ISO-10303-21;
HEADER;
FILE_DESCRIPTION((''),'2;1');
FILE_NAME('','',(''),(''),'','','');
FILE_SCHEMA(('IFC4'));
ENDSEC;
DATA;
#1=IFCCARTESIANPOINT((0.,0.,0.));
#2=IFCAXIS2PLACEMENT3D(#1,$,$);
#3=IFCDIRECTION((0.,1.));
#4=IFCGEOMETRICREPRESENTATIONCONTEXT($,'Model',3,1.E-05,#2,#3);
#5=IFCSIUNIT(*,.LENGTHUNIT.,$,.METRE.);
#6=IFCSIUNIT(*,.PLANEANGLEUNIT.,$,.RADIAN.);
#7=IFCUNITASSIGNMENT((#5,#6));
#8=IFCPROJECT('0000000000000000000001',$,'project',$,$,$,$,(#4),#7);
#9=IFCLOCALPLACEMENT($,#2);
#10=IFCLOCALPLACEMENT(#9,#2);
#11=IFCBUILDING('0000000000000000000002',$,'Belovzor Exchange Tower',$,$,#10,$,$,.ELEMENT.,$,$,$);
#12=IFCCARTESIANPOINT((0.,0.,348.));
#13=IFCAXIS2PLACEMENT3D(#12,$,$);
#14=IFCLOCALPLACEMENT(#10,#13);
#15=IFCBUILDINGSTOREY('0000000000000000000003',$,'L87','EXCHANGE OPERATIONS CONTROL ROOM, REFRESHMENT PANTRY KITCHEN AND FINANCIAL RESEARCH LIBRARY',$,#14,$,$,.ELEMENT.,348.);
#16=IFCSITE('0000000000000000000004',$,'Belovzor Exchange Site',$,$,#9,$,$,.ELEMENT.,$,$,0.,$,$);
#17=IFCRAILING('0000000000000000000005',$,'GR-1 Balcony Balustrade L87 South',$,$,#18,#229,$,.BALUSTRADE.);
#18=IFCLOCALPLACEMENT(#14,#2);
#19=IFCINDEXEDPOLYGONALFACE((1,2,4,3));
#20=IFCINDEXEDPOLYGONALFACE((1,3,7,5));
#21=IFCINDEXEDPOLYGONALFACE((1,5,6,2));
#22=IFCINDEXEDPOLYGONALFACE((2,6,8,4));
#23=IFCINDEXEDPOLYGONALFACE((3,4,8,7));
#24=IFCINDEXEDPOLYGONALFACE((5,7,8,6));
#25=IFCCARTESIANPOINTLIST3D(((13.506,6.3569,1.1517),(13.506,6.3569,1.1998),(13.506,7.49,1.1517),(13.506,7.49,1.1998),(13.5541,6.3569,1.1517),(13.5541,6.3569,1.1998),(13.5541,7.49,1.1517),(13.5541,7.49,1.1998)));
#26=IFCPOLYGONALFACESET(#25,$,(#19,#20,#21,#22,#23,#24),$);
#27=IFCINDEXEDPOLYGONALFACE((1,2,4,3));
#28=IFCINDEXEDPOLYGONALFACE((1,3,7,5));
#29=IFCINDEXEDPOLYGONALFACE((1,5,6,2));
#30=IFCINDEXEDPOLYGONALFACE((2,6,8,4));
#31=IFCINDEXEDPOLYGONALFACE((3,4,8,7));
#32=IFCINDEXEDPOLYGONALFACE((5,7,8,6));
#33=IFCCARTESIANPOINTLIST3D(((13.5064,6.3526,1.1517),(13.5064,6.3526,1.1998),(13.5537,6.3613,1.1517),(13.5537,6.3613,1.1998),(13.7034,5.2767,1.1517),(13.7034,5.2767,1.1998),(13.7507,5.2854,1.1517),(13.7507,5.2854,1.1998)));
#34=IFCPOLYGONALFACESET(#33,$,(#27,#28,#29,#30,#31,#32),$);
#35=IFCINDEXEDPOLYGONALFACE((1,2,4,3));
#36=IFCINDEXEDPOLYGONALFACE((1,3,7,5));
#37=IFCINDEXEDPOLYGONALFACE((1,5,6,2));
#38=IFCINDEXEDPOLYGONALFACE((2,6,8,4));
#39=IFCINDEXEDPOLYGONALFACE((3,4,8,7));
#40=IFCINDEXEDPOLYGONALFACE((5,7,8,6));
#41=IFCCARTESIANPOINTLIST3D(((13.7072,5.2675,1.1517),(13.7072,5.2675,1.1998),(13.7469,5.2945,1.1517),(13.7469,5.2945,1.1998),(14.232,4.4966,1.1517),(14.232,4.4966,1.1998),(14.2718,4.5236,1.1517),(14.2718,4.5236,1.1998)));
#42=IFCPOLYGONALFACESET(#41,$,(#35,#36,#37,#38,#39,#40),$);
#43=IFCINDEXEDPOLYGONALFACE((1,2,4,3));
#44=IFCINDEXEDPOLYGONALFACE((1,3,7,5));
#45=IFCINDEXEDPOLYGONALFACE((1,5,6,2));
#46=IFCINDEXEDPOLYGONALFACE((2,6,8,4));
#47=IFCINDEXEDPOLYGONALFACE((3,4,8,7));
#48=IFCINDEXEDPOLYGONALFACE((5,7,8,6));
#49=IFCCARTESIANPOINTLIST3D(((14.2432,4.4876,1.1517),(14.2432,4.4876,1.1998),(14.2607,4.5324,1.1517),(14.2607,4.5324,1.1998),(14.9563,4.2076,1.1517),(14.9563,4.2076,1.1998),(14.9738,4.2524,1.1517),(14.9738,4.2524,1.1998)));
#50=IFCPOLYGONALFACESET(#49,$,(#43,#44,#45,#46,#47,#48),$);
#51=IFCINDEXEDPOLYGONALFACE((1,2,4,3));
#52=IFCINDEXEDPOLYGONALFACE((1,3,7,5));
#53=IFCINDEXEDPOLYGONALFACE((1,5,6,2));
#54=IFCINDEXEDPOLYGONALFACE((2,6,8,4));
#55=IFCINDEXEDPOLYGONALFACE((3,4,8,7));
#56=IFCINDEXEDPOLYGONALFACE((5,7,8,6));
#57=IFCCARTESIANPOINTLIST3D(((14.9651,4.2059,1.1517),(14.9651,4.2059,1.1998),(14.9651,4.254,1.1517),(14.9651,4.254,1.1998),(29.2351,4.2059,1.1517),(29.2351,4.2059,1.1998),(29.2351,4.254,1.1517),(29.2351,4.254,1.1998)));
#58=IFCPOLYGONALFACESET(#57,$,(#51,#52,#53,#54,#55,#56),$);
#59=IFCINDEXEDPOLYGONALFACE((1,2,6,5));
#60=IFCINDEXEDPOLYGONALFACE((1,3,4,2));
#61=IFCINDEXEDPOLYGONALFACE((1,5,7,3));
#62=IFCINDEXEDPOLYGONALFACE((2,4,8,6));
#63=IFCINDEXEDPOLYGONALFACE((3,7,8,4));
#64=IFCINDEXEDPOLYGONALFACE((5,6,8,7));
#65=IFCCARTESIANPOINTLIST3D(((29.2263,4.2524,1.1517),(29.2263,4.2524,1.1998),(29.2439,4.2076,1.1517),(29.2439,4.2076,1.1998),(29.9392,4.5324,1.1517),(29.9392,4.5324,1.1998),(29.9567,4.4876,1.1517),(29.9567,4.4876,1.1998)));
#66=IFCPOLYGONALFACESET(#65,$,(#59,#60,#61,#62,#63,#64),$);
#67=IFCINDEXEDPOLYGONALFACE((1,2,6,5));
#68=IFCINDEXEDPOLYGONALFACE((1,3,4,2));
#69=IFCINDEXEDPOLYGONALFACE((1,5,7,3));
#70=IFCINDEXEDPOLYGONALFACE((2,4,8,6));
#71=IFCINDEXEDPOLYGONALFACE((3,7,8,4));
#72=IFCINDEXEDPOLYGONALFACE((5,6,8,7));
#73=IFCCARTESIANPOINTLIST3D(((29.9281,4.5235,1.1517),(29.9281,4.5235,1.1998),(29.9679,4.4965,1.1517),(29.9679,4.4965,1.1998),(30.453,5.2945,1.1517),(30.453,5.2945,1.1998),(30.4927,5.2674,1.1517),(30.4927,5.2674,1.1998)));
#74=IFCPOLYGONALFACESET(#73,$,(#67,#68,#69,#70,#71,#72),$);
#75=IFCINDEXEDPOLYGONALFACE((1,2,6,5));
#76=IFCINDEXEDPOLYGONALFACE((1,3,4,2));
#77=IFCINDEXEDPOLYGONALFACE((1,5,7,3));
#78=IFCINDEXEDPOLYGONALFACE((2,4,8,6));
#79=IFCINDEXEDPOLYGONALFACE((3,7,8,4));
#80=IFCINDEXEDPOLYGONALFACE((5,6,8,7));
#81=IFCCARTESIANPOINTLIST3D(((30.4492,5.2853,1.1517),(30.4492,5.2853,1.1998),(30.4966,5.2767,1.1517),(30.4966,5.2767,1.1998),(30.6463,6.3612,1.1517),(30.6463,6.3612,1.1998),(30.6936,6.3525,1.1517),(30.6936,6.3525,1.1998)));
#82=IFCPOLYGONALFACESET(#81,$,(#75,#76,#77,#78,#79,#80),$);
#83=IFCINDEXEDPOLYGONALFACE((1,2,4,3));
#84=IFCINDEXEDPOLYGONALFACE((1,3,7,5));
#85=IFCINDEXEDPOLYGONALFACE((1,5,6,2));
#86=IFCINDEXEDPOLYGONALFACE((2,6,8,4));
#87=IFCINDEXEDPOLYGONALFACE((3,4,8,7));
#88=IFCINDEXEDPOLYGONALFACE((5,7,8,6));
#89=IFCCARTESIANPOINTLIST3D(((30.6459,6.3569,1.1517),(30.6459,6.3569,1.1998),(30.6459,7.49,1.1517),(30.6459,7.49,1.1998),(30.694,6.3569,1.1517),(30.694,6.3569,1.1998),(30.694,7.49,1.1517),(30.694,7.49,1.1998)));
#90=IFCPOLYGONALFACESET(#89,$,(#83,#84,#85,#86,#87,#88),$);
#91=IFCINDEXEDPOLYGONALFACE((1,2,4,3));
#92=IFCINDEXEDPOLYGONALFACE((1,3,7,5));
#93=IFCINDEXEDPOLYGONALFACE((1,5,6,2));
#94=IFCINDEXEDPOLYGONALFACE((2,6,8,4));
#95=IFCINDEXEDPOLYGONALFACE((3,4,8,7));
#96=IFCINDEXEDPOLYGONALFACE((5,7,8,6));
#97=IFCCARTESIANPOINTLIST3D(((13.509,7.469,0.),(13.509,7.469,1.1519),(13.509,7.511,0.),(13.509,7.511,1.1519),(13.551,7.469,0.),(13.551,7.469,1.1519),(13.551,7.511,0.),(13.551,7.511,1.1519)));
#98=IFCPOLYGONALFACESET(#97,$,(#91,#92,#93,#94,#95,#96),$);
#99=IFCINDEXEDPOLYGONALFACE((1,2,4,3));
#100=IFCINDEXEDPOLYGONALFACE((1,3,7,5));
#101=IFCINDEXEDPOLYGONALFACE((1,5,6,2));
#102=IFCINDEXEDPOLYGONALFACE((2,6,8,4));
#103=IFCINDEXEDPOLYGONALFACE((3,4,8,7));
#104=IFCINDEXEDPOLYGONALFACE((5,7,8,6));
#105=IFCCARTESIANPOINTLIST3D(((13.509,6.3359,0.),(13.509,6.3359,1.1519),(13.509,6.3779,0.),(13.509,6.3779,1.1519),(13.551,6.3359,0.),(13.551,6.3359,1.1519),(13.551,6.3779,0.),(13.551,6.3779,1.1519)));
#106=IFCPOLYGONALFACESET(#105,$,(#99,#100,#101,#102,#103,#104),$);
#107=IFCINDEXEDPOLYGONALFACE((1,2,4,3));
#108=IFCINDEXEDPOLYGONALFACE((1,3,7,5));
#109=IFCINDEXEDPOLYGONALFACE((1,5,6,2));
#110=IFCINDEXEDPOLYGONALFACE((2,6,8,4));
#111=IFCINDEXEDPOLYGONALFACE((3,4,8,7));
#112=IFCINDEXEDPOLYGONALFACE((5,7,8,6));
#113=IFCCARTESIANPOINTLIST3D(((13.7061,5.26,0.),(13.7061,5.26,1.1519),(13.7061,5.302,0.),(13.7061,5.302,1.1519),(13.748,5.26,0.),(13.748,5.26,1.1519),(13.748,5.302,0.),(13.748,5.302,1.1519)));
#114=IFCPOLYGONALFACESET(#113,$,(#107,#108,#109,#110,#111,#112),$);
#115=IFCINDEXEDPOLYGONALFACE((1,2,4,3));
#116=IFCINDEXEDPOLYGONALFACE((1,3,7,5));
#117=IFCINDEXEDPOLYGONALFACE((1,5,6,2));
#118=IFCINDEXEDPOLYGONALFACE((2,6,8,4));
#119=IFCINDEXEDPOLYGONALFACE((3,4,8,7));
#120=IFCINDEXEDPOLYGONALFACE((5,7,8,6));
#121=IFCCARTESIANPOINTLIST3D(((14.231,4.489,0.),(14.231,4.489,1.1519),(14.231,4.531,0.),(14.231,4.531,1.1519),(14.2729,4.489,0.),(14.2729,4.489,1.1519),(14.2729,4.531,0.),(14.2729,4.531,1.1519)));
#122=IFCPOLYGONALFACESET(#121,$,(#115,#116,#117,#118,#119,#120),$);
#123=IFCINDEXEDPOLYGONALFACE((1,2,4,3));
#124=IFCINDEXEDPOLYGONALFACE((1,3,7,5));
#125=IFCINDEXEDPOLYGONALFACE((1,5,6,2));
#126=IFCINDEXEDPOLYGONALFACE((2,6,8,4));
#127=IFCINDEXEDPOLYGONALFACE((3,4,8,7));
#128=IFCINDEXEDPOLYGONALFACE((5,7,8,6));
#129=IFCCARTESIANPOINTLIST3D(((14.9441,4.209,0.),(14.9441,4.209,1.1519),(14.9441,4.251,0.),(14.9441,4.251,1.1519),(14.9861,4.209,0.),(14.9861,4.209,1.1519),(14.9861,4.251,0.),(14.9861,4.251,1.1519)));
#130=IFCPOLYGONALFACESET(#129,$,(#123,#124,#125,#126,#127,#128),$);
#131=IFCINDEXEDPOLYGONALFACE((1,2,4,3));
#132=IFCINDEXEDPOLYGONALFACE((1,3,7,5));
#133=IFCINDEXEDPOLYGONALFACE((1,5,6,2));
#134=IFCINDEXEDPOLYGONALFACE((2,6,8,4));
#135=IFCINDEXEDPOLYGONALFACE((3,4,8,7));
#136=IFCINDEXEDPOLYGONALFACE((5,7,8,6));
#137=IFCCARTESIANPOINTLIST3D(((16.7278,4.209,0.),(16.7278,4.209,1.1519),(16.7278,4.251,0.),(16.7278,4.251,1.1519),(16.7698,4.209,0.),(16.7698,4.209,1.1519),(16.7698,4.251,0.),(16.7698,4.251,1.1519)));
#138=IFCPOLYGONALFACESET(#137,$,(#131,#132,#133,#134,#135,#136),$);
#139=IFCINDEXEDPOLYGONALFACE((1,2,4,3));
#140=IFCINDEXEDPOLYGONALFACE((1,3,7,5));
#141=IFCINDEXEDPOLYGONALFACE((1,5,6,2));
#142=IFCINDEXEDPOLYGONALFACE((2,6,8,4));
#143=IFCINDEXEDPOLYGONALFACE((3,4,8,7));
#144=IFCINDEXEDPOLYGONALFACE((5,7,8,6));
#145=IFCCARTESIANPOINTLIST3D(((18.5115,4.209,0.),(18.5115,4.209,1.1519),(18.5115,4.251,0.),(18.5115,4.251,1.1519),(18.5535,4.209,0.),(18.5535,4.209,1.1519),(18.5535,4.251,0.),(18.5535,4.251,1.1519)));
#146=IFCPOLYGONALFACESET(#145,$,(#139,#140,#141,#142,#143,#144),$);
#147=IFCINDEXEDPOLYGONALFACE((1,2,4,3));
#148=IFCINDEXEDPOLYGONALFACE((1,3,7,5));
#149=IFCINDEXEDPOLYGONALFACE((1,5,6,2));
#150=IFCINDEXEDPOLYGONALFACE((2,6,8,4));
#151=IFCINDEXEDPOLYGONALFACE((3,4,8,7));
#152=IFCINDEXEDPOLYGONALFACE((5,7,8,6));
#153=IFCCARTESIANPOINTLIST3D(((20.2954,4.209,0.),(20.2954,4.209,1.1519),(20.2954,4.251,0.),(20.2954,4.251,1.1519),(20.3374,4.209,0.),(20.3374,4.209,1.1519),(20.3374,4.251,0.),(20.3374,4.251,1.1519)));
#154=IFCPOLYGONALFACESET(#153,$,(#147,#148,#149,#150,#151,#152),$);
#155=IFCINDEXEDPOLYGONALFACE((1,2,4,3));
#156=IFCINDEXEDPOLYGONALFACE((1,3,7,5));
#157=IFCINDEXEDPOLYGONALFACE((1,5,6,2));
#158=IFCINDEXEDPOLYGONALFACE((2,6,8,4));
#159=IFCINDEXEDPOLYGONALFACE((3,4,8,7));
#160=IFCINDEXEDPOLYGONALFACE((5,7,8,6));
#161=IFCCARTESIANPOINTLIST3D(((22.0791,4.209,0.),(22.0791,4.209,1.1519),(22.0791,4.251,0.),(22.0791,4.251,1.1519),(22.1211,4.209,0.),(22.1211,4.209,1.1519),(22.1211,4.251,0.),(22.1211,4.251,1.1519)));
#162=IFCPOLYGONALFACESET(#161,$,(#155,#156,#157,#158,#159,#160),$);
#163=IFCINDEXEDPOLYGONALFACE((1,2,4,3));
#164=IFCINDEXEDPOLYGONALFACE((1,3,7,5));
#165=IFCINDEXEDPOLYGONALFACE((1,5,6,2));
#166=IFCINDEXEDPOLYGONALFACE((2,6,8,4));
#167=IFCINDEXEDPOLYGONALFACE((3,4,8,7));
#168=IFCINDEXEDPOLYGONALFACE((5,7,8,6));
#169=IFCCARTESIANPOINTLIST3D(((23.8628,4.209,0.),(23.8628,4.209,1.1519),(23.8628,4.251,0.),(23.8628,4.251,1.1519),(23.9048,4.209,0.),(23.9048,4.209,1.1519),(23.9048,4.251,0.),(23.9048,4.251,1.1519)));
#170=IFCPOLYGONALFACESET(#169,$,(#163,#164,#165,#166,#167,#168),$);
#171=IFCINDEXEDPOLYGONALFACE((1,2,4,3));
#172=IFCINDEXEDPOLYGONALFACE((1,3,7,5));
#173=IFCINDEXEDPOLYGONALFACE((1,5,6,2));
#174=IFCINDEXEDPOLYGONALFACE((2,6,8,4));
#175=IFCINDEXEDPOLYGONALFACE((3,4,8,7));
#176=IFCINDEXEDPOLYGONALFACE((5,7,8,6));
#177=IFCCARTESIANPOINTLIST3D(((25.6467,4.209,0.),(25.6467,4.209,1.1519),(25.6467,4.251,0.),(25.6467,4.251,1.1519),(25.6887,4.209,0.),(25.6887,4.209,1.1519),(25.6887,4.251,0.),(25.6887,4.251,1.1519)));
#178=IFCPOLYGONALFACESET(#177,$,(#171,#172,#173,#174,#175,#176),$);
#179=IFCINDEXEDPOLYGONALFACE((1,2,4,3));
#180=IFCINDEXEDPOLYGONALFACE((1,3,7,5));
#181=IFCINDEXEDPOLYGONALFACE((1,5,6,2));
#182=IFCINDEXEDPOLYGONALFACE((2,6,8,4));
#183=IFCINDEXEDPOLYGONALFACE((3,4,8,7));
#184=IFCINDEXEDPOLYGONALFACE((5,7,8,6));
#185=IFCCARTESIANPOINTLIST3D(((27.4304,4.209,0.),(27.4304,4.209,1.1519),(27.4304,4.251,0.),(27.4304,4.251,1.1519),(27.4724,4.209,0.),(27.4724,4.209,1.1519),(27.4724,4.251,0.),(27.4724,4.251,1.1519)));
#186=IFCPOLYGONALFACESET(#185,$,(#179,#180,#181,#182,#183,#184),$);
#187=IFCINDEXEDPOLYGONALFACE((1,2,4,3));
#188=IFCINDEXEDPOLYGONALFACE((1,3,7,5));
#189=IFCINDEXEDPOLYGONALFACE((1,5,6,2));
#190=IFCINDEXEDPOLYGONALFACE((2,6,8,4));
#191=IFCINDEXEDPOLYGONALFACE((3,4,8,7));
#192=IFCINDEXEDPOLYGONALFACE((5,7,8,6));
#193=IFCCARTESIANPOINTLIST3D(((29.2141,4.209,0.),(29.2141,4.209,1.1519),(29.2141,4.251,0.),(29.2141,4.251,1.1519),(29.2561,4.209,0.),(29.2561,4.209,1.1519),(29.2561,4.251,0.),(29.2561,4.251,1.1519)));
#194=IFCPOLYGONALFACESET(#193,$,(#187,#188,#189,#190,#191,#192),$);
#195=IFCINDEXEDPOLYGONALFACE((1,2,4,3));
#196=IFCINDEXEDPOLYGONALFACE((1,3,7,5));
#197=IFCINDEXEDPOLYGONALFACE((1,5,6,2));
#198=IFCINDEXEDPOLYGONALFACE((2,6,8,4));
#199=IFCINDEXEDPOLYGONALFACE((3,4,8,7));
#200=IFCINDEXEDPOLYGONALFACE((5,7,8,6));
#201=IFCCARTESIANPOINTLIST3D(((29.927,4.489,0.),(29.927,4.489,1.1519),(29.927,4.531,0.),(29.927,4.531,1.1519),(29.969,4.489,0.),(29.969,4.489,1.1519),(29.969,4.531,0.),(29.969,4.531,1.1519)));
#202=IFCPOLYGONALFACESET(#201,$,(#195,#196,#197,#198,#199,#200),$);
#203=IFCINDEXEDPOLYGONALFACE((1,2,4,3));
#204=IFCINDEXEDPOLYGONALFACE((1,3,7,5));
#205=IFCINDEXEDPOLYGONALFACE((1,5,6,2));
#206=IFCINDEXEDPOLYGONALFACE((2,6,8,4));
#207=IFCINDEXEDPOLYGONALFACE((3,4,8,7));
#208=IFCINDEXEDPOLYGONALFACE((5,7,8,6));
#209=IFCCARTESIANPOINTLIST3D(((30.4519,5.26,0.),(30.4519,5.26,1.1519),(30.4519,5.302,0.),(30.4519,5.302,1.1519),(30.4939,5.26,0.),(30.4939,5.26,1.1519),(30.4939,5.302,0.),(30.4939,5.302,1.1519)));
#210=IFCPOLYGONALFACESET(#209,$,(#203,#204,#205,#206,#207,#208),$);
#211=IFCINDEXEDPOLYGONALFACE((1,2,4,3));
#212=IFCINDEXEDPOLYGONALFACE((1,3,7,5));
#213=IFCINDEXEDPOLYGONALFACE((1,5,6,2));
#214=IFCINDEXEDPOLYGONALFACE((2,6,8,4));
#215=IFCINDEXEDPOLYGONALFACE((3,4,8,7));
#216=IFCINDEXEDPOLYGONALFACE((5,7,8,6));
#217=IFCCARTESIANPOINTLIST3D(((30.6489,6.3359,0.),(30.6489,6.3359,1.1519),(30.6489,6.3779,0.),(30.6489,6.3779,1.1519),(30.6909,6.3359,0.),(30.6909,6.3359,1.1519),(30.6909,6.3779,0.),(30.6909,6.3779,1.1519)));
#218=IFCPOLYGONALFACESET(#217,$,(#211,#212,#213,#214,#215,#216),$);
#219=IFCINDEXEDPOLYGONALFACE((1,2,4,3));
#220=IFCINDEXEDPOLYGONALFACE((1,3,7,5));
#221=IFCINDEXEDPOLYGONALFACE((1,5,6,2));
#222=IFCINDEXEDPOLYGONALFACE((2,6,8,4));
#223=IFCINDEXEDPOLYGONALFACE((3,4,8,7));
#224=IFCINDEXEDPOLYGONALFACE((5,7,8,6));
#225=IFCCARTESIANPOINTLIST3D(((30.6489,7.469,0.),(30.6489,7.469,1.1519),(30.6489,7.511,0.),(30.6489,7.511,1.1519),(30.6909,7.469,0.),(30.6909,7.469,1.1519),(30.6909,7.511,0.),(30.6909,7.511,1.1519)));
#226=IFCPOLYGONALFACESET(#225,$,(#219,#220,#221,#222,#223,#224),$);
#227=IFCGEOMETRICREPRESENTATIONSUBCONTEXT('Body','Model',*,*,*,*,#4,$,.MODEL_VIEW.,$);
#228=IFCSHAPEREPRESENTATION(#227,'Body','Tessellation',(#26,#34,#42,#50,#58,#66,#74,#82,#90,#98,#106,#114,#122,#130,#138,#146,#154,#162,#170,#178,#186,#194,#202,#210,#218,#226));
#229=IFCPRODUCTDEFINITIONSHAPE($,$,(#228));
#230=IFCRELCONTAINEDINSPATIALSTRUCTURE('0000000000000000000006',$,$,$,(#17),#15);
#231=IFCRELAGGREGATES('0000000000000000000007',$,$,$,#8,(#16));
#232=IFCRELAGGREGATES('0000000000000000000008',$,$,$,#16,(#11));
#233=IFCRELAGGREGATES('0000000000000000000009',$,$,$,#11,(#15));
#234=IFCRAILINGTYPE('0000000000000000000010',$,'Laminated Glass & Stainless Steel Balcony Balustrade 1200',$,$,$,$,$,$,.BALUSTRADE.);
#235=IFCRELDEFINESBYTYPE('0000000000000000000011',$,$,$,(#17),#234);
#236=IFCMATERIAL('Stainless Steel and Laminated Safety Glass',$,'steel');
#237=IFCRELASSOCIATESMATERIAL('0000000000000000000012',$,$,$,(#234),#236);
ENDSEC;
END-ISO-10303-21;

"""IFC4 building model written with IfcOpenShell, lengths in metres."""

from ifc_helpers import new_model, si_unit, direction, frame, origin, origin_2d, place, context, subcontext, project, spatial, rectangle, extrude, material, type_object, element, save


model = new_model("IFC4")

# Units and contexts
model_context = context("Model", 3, precision=1e-05, world=origin(), true_north=direction((0.0, 1.0)))
body_context = subcontext(model_context, "Body", "Model", "MODEL_VIEW")
ifc_project = project(units=[si_unit("LENGTHUNIT", "METRE"), si_unit("PLANEANGLEUNIT", "RADIAN")], contexts=[model_context])

# Site, building, storey
site_placement = place(None, origin())
site = spatial("IfcSite", under=ifc_project, at=site_placement, Name="Belovzor Exchange Site", CompositionType="ELEMENT", RefElevation=0.0)
building_placement = place(site_placement, origin())
building = spatial("IfcBuilding", under=site, at=building_placement, Name="Belovzor Exchange Tower", CompositionType="ELEMENT")
storey_placement = place(building_placement, frame((0.0, 0.0, 348.0)))
storey = spatial("IfcBuildingStorey", under=building, at=storey_placement, Name="L87", Description="EXCHANGE OPERATIONS CONTROL ROOM, REFRESHMENT PANTRY KITCHEN AND FINANCIAL RESEARCH LIBRARY", CompositionType="ELEMENT", Elevation=348.0)

# Railing
ifc_material_1 = material(Name="Stainless Steel and Laminated Safety Glass", Category="steel")
railing_type = type_object("IfcRailingType", Name="Laminated Glass & Stainless Steel Balcony Balustrade 1200", PredefinedType="BALUSTRADE", material=ifc_material_1)
railing_placement = place(storey_placement, frame((13.53, 7.49, 0.0)))
element("IfcRailing", 1, at=railing_placement, inside=storey, type_object=railing_type, Name="GR-1 Balcony Balustrade L87 South", PredefinedType="BALUSTRADE", context=body_context, shape_type="SweptSolid", body=[
    extrude(rectangle(XDim=0.0481, YDim=0.0481, at=origin_2d()), frame((0.0, 0.0, 1.1758), z_axis=(0.0, -1.0, 0.0), x_axis=(1.0, 0.0, 0.0)), (0.0, 0.0, 1.0), 1.1331),
    extrude(rectangle(XDim=0.0481, YDim=0.0481, at=origin_2d()), frame((0.0, -1.1331, 1.1758), z_axis=(0.180123, -0.983644, 0.0), x_axis=(0.983644, 0.180123, 0.0)), (0.0, 0.0, 1.0), 1.0938),
    extrude(rectangle(XDim=0.0481, YDim=0.0481, at=origin_2d()), frame((0.197, -2.209, 1.1758), z_axis=(0.562768, -0.826615, 0.0), x_axis=(0.826615, 0.562768, 0.0)), (0.0, 0.0, 1.0), 0.9326),
    extrude(rectangle(XDim=0.0481, YDim=0.0481, at=origin_2d()), frame((0.7219, -2.98, 1.1758), z_axis=(0.93081, -0.365504, 0.0), x_axis=(0.365504, 0.93081, 0.0)), (0.0, 0.0, 1.0), 0.7661),
    extrude(rectangle(XDim=0.0481, YDim=0.0481, at=origin_2d()), frame((1.4351, -3.26, 1.1758), z_axis=(1.0, 0.0, 0.0), x_axis=(0.0, 1.0, 0.0)), (0.0, 0.0, 1.0), 14.27),
    extrude(rectangle(XDim=0.0481, YDim=0.0481, at=origin_2d()), frame((15.7051, -3.26, 1.1758), z_axis=(0.930767, 0.365613, 0.0), x_axis=(-0.365613, 0.930767, 0.0)), (0.0, 0.0, 1.0), 0.7659),
    extrude(rectangle(XDim=0.0481, YDim=0.0481, at=origin_2d()), frame((16.418, -2.98, 1.1758), z_axis=(0.562768, 0.826615, 0.0), x_axis=(-0.826615, 0.562768, 0.0)), (0.0, 0.0, 1.0), 0.9326),
    extrude(rectangle(XDim=0.0481, YDim=0.0481, at=origin_2d()), frame((16.9429, -2.209, 1.1758), z_axis=(0.180123, 0.983644, 0.0), x_axis=(-0.983644, 0.180123, 0.0)), (0.0, 0.0, 1.0), 1.0938),
    extrude(rectangle(XDim=0.0481, YDim=0.0481, at=origin_2d()), frame((17.1399, -1.1331, 1.1758), z_axis=(0.0, 1.0, 0.0), x_axis=(-1.0, 0.0, 0.0)), (0.0, 0.0, 1.0), 1.1331),
    extrude(rectangle(XDim=0.042, YDim=0.042, at=origin_2d()), origin(), (0.0, 0.0, 1.0), 1.1519),
    extrude(rectangle(XDim=0.042, YDim=0.042, at=origin_2d()), frame((0.0, -1.1331, 0.0)), (0.0, 0.0, 1.0), 1.1519),
    extrude(rectangle(XDim=0.042, YDim=0.042, at=origin_2d()), frame((0.197, -2.209, 0.0)), (0.0, 0.0, 1.0), 1.1519),
    extrude(rectangle(XDim=0.042, YDim=0.042, at=origin_2d()), frame((0.7219, -2.98, 0.0)), (0.0, 0.0, 1.0), 1.1519),
    extrude(rectangle(XDim=0.042, YDim=0.042, at=origin_2d()), frame((1.4351, -3.26, 0.0)), (0.0, 0.0, 1.0), 1.1519),
    extrude(rectangle(XDim=0.042, YDim=0.042, at=origin_2d()), frame((3.2188, -3.26, 0.0)), (0.0, 0.0, 1.0), 1.1519),
    extrude(rectangle(XDim=0.042, YDim=0.042, at=origin_2d()), frame((5.0024, -3.26, 0.0)), (0.0, 0.0, 1.0), 1.1519),
    extrude(rectangle(XDim=0.042, YDim=0.042, at=origin_2d()), frame((6.7864, -3.26, 0.0)), (0.0, 0.0, 1.0), 1.1519),
    extrude(rectangle(XDim=0.042, YDim=0.042, at=origin_2d()), frame((8.5701, -3.26, 0.0)), (0.0, 0.0, 1.0), 1.1519),
    extrude(rectangle(XDim=0.042, YDim=0.042, at=origin_2d()), frame((10.3538, -3.26, 0.0)), (0.0, 0.0, 1.0), 1.1519),
    extrude(rectangle(XDim=0.042, YDim=0.042, at=origin_2d()), frame((12.1377, -3.26, 0.0)), (0.0, 0.0, 1.0), 1.1519),
    extrude(rectangle(XDim=0.042, YDim=0.042, at=origin_2d()), frame((13.9214, -3.26, 0.0)), (0.0, 0.0, 1.0), 1.1519),
    extrude(rectangle(XDim=0.042, YDim=0.042, at=origin_2d()), frame((15.7051, -3.26, 0.0)), (0.0, 0.0, 1.0), 1.1519),
    extrude(rectangle(XDim=0.042, YDim=0.042, at=origin_2d()), frame((16.418, -2.98, 0.0)), (0.0, 0.0, 1.0), 1.1519),
    extrude(rectangle(XDim=0.042, YDim=0.042, at=origin_2d()), frame((16.9429, -2.209, 0.0)), (0.0, 0.0, 1.0), 1.1519),
    extrude(rectangle(XDim=0.042, YDim=0.042, at=origin_2d()), frame((17.1399, -1.1331, 0.0)), (0.0, 0.0, 1.0), 1.1519),
    extrude(rectangle(XDim=0.042, YDim=0.042, at=origin_2d()), frame((17.1399, 0.0, 0.0)), (0.0, 0.0, 1.0), 1.1519),
])

save(model, "model.ifc")
